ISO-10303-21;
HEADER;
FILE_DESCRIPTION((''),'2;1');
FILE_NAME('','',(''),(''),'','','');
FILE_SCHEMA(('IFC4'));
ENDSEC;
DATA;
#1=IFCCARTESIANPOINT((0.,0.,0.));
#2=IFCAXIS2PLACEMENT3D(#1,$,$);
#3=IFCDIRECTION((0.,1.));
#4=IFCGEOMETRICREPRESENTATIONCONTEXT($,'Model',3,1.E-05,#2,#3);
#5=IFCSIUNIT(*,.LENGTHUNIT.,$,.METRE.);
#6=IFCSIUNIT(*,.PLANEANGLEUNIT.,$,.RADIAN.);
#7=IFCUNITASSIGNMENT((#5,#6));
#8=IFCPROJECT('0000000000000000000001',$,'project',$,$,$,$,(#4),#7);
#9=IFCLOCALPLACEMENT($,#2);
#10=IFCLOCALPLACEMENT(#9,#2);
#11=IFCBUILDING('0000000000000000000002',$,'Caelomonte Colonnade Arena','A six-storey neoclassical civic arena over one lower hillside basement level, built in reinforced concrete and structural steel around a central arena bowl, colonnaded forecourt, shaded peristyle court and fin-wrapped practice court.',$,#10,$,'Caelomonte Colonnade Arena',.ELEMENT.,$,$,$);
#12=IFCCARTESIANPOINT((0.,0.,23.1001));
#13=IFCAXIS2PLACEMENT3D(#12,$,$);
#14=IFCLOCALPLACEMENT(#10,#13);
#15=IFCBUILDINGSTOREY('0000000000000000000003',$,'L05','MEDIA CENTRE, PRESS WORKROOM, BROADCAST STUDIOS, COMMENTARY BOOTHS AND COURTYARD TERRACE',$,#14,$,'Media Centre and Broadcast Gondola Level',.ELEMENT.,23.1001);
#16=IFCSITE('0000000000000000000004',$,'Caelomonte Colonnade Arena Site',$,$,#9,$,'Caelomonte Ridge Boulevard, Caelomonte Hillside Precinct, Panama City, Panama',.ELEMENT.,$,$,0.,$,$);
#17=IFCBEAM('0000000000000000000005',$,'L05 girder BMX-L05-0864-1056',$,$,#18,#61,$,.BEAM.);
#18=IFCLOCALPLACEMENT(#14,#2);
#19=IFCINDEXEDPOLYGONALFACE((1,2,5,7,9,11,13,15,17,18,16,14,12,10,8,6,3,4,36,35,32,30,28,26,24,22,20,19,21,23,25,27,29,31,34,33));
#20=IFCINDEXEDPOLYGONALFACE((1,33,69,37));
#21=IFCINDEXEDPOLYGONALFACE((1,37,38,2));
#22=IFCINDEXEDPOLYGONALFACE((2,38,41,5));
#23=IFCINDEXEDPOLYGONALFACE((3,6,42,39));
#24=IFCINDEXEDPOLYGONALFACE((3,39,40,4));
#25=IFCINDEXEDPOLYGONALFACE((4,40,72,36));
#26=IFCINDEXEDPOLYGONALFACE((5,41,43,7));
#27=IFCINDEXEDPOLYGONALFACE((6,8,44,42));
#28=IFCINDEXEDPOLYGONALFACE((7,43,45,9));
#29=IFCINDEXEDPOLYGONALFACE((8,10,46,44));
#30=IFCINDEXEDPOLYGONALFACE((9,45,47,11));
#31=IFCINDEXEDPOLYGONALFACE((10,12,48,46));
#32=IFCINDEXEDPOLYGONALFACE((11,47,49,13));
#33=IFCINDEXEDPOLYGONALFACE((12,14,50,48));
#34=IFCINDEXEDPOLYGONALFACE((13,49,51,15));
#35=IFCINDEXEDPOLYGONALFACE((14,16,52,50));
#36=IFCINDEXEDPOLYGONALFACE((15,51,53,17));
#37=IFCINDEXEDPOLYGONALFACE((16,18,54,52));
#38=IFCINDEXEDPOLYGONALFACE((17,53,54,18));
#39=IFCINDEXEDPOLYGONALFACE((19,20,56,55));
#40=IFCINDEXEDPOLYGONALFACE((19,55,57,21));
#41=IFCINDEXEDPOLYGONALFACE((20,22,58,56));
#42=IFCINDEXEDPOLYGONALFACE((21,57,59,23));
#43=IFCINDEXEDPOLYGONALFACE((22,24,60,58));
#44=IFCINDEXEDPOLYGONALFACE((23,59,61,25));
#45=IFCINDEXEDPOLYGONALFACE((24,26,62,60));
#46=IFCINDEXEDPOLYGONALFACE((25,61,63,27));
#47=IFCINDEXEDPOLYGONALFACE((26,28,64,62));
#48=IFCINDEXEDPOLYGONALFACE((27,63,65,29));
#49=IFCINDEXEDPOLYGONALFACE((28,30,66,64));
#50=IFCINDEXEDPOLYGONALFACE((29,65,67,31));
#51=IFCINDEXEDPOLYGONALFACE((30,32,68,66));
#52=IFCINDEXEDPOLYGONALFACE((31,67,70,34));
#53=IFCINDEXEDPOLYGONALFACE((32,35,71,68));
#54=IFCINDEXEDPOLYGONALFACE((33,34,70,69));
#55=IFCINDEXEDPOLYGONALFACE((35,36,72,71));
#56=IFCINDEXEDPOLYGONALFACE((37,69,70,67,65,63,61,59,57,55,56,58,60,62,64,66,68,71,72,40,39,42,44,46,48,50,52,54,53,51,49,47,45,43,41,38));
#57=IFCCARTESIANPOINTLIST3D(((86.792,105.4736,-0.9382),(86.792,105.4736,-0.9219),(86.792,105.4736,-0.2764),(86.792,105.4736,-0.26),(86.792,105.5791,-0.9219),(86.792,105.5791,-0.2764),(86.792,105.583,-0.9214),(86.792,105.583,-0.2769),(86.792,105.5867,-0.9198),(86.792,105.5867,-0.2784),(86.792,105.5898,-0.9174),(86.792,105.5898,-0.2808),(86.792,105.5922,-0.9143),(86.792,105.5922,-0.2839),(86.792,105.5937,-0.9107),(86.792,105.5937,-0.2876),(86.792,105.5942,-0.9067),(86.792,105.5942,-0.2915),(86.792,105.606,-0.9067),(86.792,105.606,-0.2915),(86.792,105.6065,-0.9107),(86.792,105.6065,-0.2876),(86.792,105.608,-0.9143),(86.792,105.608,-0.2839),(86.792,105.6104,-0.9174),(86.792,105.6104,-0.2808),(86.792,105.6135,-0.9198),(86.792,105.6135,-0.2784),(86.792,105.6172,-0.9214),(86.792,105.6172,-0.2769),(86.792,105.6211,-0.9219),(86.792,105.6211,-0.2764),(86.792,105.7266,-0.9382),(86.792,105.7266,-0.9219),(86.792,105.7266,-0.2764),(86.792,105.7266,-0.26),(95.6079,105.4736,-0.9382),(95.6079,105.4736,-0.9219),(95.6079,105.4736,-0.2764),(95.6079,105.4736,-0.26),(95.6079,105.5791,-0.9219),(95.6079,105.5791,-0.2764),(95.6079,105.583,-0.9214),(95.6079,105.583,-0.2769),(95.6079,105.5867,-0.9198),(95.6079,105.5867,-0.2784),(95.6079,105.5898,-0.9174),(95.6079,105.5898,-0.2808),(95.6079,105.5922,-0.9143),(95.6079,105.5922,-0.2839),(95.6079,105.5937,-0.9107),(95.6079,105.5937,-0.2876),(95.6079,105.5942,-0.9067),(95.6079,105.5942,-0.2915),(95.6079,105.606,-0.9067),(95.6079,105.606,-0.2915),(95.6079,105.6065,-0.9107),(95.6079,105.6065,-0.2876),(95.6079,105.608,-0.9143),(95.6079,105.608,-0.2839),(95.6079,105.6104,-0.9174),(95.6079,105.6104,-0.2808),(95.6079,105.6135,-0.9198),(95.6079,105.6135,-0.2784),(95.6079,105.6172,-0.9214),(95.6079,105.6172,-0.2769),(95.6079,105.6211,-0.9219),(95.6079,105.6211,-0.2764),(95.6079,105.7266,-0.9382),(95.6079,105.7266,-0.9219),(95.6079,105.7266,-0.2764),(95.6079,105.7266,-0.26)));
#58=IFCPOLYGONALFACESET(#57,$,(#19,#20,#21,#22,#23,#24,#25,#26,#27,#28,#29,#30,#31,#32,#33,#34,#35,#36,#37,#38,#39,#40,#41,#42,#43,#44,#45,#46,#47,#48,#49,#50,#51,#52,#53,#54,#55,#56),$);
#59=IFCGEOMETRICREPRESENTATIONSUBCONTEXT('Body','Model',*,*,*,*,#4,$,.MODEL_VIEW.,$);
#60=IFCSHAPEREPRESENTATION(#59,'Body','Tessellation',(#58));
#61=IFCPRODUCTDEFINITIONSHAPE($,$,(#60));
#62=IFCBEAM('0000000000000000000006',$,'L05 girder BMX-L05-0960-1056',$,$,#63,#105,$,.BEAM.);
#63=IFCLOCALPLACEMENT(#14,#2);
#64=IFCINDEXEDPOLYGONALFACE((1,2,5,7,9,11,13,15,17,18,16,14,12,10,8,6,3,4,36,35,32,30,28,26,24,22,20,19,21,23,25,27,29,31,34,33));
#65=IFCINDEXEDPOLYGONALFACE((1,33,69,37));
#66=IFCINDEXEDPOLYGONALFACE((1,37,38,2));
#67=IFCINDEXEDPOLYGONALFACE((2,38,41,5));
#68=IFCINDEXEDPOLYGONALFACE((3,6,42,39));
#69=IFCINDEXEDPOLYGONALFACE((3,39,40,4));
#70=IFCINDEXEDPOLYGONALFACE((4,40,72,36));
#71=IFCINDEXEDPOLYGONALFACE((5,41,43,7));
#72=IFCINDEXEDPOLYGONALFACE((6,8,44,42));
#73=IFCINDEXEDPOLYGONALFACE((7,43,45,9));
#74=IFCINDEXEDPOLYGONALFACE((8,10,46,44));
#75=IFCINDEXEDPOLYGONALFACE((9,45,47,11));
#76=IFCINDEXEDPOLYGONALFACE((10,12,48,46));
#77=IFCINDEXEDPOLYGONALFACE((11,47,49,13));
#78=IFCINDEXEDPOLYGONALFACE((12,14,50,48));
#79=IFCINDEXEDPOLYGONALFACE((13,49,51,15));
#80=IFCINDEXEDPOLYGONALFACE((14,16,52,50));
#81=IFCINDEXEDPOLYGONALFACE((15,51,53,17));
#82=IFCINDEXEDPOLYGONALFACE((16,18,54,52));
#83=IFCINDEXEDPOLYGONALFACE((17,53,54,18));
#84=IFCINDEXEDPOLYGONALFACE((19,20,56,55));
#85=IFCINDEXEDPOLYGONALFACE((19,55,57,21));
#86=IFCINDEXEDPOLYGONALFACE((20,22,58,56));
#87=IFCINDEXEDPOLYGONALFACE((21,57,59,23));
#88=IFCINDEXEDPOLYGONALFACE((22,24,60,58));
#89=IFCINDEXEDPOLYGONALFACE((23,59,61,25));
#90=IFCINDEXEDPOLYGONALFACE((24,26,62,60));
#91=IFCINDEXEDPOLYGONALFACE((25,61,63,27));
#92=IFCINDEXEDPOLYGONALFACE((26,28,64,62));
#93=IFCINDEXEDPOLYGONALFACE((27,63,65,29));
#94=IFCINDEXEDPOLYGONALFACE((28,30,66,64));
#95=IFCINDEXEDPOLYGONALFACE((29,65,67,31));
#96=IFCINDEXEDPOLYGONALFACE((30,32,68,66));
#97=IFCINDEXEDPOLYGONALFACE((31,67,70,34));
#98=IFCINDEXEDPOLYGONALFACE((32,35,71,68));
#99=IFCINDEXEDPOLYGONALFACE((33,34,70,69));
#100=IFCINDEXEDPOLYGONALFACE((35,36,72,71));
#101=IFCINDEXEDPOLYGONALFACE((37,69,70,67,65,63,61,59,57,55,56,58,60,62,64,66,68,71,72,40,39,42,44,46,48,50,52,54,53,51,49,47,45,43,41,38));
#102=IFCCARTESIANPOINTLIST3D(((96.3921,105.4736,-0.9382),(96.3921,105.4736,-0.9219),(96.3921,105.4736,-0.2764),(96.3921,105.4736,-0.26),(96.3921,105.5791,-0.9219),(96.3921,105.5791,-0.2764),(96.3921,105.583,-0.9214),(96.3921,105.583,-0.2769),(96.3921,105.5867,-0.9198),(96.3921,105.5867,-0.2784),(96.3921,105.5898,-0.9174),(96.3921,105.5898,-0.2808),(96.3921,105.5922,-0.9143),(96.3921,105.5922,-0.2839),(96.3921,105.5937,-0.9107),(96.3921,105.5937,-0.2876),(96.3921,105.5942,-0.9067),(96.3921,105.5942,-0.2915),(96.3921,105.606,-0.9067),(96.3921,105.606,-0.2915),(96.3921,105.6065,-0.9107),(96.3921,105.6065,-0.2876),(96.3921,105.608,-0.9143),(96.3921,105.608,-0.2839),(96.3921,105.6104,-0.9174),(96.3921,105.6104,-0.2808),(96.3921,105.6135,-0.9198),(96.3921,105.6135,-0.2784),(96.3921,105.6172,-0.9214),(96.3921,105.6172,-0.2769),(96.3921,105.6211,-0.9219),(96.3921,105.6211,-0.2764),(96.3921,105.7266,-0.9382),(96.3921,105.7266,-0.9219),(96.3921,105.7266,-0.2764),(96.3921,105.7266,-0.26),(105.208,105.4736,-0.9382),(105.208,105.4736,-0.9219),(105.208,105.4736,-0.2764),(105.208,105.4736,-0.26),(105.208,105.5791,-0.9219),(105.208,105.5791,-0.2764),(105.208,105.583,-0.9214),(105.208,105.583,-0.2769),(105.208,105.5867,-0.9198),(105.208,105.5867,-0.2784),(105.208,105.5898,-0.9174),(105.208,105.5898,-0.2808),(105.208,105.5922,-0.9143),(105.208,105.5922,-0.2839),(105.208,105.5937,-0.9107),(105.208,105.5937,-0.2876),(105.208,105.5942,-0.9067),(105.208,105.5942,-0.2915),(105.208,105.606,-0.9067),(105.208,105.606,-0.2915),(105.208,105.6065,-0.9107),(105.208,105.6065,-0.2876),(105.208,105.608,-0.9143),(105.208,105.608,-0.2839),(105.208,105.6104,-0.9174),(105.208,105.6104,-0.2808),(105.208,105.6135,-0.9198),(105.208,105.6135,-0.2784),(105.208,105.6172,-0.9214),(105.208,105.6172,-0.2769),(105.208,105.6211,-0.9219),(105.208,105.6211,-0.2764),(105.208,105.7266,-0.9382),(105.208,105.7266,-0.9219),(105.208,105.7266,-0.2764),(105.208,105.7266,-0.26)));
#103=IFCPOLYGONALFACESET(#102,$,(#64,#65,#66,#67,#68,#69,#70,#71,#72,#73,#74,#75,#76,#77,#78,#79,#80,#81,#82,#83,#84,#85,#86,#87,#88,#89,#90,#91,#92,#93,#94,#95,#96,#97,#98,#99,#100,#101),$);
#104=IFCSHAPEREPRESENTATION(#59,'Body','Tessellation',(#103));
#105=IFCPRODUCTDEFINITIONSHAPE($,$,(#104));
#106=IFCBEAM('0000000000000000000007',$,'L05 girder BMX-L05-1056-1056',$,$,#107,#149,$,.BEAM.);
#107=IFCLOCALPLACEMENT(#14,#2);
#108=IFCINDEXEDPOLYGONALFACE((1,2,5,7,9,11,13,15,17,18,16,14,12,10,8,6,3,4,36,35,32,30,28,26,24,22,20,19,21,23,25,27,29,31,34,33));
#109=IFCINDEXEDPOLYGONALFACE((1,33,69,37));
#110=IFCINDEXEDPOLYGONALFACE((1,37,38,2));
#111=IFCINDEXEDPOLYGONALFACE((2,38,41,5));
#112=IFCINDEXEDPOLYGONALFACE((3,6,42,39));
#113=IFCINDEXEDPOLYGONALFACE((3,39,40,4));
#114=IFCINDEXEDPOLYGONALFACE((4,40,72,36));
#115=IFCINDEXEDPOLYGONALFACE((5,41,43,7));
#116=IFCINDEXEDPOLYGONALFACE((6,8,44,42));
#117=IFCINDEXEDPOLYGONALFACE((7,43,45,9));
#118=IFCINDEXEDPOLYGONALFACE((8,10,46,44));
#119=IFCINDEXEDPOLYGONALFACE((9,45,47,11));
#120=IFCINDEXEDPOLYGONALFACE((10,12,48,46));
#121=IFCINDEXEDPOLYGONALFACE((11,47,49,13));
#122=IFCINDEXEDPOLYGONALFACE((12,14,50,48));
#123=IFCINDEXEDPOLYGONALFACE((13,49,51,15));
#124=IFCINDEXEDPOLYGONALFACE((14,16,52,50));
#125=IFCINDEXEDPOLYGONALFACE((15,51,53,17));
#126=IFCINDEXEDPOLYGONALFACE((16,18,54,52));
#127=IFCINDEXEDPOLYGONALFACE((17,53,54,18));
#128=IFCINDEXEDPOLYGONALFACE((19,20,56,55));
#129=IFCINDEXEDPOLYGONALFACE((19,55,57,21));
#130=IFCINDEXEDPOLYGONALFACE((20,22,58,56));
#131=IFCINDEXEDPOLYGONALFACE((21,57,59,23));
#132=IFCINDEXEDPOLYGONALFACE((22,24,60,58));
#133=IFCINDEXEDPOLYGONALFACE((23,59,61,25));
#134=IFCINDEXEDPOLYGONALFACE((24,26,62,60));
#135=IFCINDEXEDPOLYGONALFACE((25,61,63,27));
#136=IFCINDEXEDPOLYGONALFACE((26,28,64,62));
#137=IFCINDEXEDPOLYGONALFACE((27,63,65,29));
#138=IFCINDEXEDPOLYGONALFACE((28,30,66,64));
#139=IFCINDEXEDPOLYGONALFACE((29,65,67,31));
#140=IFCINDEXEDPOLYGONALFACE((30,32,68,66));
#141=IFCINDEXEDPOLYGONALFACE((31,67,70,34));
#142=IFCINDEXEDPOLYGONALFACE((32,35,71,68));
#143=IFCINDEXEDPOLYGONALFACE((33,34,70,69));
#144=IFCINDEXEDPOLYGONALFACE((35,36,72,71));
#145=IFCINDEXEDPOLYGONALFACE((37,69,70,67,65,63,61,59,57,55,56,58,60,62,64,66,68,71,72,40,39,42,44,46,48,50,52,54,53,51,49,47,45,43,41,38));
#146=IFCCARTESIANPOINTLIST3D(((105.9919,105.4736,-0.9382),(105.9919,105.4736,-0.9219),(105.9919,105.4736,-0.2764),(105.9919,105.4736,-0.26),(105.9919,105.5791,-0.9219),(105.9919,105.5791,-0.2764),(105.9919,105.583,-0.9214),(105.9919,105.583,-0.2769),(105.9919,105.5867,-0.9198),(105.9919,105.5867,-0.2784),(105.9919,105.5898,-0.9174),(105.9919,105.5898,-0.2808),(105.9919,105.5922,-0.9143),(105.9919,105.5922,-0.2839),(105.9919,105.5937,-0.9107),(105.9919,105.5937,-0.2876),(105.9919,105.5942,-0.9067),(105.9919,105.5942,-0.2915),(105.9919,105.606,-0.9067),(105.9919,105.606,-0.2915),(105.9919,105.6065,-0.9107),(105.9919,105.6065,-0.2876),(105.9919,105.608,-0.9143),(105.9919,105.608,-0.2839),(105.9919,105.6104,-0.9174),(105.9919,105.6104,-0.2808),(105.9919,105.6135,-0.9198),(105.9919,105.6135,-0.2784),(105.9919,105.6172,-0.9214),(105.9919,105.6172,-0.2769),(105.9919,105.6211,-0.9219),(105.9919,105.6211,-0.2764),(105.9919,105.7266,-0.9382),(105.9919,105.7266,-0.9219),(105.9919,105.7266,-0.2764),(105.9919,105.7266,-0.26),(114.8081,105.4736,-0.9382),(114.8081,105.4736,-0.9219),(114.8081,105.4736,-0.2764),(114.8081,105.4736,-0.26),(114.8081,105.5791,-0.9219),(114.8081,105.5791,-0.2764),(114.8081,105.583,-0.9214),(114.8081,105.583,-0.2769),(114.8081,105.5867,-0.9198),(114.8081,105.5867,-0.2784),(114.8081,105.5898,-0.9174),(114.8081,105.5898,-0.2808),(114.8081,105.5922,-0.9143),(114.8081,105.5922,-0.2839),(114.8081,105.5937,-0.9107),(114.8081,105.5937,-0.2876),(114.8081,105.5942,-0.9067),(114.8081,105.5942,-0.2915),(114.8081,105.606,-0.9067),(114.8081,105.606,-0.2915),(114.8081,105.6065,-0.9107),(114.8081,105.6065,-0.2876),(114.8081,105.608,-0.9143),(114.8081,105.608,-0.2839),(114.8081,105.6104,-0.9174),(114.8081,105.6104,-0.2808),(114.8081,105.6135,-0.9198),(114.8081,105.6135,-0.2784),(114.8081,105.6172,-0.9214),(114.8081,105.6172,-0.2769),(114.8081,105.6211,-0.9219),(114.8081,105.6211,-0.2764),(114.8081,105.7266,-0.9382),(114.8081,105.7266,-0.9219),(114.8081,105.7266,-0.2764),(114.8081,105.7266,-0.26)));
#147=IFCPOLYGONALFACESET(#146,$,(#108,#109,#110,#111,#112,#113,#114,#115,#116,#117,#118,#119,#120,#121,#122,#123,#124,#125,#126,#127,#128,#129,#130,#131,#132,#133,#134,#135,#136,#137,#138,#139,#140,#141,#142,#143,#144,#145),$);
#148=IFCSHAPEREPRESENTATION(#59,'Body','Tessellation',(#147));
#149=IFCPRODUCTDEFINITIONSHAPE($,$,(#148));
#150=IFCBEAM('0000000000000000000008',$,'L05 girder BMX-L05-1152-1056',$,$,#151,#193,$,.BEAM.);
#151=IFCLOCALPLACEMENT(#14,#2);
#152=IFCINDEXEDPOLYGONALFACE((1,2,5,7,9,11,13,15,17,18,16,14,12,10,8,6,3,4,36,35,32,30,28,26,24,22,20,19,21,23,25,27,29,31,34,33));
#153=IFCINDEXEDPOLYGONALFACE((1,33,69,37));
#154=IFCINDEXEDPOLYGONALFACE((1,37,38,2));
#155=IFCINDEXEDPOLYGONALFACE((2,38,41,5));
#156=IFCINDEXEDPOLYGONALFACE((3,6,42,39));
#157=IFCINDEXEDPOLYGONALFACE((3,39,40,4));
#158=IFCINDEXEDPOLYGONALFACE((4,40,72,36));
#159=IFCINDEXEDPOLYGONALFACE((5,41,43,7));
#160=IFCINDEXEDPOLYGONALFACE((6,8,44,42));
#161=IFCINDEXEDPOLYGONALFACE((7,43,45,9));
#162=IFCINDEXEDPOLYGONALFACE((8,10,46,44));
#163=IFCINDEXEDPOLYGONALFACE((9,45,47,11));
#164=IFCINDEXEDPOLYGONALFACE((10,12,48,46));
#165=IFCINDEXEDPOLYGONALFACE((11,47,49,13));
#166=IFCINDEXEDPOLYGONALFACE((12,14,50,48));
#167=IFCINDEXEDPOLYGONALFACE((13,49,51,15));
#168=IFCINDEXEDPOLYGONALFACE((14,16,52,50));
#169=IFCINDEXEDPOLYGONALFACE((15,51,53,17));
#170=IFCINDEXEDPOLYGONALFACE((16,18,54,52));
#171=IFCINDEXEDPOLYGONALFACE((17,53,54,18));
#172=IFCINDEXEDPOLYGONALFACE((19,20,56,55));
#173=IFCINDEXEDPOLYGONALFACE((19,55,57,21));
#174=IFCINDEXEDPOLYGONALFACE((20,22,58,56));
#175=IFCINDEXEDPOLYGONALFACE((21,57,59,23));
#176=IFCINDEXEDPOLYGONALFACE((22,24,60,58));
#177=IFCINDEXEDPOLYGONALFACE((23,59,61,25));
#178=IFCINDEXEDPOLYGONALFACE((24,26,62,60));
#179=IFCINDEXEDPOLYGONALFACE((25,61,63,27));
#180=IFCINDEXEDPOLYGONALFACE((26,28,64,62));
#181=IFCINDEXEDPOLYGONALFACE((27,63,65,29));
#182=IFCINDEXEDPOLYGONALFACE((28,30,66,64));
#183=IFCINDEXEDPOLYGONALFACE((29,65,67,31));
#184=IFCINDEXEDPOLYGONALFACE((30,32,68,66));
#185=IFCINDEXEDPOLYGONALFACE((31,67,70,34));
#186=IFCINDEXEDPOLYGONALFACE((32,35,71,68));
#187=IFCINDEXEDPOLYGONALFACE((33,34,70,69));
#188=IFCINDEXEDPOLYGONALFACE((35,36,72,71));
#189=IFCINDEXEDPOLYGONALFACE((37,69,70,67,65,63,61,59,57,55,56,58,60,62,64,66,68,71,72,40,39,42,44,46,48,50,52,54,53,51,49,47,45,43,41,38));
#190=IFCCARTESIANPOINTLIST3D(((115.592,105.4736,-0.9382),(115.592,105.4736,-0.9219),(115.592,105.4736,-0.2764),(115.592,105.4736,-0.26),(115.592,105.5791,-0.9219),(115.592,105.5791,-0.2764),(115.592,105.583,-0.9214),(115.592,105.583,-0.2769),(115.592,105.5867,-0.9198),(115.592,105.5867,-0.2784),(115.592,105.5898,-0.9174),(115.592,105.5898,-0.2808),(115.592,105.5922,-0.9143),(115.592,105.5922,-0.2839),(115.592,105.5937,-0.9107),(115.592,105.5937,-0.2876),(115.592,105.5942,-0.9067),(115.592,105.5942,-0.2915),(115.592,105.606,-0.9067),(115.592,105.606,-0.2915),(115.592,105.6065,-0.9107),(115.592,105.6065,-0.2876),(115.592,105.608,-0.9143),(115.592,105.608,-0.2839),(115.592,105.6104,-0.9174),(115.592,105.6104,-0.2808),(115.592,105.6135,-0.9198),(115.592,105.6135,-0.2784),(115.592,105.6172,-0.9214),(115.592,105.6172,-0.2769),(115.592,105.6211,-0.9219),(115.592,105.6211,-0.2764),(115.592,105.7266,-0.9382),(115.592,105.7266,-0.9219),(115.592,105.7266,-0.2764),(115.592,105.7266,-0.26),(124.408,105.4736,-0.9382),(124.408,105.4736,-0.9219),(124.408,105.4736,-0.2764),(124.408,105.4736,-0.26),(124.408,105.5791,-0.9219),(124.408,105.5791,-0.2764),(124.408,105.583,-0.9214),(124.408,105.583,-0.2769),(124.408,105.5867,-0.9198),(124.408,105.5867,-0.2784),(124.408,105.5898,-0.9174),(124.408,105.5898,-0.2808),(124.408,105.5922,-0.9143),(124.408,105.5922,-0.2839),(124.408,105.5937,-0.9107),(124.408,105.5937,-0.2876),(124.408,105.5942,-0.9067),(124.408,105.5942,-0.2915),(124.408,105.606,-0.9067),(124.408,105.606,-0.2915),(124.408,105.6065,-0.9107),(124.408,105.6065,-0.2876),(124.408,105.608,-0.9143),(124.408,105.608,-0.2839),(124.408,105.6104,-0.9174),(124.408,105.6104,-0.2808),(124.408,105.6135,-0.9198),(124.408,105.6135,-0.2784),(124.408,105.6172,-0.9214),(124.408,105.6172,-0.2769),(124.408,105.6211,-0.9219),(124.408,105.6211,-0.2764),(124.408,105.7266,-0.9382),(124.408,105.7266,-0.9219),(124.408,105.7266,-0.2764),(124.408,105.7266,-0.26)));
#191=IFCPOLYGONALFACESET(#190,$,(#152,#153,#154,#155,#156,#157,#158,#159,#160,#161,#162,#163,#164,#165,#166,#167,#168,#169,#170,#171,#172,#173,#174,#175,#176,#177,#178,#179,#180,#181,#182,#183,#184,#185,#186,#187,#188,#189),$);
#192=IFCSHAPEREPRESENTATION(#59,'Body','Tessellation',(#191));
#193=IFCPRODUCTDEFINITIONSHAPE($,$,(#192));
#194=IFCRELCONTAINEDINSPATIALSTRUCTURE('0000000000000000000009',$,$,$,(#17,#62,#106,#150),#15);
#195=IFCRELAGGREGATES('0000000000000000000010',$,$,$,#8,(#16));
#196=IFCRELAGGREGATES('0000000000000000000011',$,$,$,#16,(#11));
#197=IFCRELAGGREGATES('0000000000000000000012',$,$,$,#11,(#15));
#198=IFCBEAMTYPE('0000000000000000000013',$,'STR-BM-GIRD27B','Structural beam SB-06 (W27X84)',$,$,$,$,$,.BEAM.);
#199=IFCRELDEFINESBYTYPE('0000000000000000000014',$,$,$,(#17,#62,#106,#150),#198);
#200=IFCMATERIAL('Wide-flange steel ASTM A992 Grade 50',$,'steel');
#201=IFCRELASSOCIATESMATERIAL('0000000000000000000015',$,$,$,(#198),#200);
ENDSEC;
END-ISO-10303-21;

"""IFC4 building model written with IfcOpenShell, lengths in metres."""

from ifc_helpers import new_model, si_unit, direction, frame, origin, origin_2d, place, context, subcontext, project, spatial, i_section, extrude, material, material_profile, profile_set, type_object, element, save


model = new_model("IFC4")

# Units and contexts
model_context = context("Model", 3, precision=1e-05, world=origin(), true_north=direction((0.0, 1.0)))
body_context = subcontext(model_context, "Body", "Model", "MODEL_VIEW")
ifc_project = project(units=[si_unit("LENGTHUNIT", "METRE"), si_unit("PLANEANGLEUNIT", "RADIAN")], contexts=[model_context])

# Site, building, storey
site_placement = place(None, origin())
site = spatial("IfcSite", under=ifc_project, at=site_placement, Name="Caelomonte Colonnade Arena Site", LongName="Caelomonte Ridge Boulevard, Caelomonte Hillside Precinct, Panama City, Panama", CompositionType="ELEMENT", RefElevation=0.0)
building_placement = place(site_placement, origin())
building = spatial("IfcBuilding", under=site, at=building_placement, Name="Caelomonte Colonnade Arena", Description="A six-storey neoclassical civic arena over one lower hillside basement level, built in reinforced concrete and structural steel around a central arena bowl, colonnaded forecourt, shaded peristyle court and fin-wrapped practice court.", LongName="Caelomonte Colonnade Arena", CompositionType="ELEMENT")
storey_placement = place(building_placement, frame((0.0, 0.0, 23.1001)))
storey = spatial("IfcBuildingStorey", under=building, at=storey_placement, Name="L05", Description="MEDIA CENTRE, PRESS WORKROOM, BROADCAST STUDIOS, COMMENTARY BOOTHS AND COURTYARD TERRACE", LongName="Media Centre and Broadcast Gondola Level", CompositionType="ELEMENT", Elevation=23.1001)

# Beams
ifc_material_1 = material(Name="Wide-flange steel ASTM A992 Grade 50", Category="steel")
ifc_material_profile_1 = material_profile(ifc_material_1, i_section(OverallWidth=0.2529, OverallDepth=0.6782, WebThickness=0.0117, FlangeThickness=0.0164, FilletRadius=0.0151, at=origin_2d()), Name="W27X84")
ifc_profile_set_1 = profile_set([ifc_material_profile_1], Name="Wide-flange steel ASTM A992 Grade 50")
beam_type_1 = type_object("IfcBeamType", Name="STR-BM-GIRD27B", Description="Structural beam SB-06 (W27X84)", PredefinedType="BEAM", material=ifc_profile_set_1)
for number, where, z_axis, x_axis, name in (
    (1, (86.792, 105.6001, -0.5991), (1.0, 0.0, 0.0), (0.0, 1.0, 0.0), "L05 girder BMX-L05-0864-1056"),
    (2, (96.3921, 105.6001, -0.5991), (1.0, 0.0, 0.0), (0.0, 1.0, 0.0), "L05 girder BMX-L05-0960-1056"),
):
    element("IfcBeam", number, at=place(storey_placement, frame(where, z_axis=z_axis, x_axis=x_axis)), inside=storey, type_object=beam_type_1, Name=name, PredefinedType="BEAM", context=body_context, shape_type="SweptSolid", body=[
        extrude(i_section(OverallWidth=0.2529, OverallDepth=0.6782, WebThickness=0.0117, FlangeThickness=0.0164, FilletRadius=0.0151, at=origin_2d()), origin(), (0.0, 0.0, 1.0), 8.8159),
    ])
beam_1_placement = place(storey_placement, frame((105.9919, 105.6001, -0.5991), z_axis=(1.0, 0.0, 0.0), x_axis=(0.0, 1.0, 0.0)))
element("IfcBeam", 3, at=beam_1_placement, inside=storey, type_object=beam_type_1, Name="L05 girder BMX-L05-1056-1056", PredefinedType="BEAM", context=body_context, shape_type="SweptSolid", body=[
    extrude(i_section(OverallWidth=0.2529, OverallDepth=0.6782, WebThickness=0.0117, FlangeThickness=0.0164, FilletRadius=0.0151, at=origin_2d()), origin(), (0.0, 0.0, 1.0), 8.8162),
])
beam_2_placement = place(storey_placement, frame((115.592, 105.6001, -0.5991), z_axis=(1.0, 0.0, 0.0), x_axis=(0.0, 1.0, 0.0)))
element("IfcBeam", 4, at=beam_2_placement, inside=storey, type_object=beam_type_1, Name="L05 girder BMX-L05-1152-1056", PredefinedType="BEAM", context=body_context, shape_type="SweptSolid", body=[
    extrude(i_section(OverallWidth=0.2529, OverallDepth=0.6782, WebThickness=0.0117, FlangeThickness=0.0164, FilletRadius=0.0151, at=origin_2d()), origin(), (0.0, 0.0, 1.0), 8.8159),
])

save(model, "model.ifc")
